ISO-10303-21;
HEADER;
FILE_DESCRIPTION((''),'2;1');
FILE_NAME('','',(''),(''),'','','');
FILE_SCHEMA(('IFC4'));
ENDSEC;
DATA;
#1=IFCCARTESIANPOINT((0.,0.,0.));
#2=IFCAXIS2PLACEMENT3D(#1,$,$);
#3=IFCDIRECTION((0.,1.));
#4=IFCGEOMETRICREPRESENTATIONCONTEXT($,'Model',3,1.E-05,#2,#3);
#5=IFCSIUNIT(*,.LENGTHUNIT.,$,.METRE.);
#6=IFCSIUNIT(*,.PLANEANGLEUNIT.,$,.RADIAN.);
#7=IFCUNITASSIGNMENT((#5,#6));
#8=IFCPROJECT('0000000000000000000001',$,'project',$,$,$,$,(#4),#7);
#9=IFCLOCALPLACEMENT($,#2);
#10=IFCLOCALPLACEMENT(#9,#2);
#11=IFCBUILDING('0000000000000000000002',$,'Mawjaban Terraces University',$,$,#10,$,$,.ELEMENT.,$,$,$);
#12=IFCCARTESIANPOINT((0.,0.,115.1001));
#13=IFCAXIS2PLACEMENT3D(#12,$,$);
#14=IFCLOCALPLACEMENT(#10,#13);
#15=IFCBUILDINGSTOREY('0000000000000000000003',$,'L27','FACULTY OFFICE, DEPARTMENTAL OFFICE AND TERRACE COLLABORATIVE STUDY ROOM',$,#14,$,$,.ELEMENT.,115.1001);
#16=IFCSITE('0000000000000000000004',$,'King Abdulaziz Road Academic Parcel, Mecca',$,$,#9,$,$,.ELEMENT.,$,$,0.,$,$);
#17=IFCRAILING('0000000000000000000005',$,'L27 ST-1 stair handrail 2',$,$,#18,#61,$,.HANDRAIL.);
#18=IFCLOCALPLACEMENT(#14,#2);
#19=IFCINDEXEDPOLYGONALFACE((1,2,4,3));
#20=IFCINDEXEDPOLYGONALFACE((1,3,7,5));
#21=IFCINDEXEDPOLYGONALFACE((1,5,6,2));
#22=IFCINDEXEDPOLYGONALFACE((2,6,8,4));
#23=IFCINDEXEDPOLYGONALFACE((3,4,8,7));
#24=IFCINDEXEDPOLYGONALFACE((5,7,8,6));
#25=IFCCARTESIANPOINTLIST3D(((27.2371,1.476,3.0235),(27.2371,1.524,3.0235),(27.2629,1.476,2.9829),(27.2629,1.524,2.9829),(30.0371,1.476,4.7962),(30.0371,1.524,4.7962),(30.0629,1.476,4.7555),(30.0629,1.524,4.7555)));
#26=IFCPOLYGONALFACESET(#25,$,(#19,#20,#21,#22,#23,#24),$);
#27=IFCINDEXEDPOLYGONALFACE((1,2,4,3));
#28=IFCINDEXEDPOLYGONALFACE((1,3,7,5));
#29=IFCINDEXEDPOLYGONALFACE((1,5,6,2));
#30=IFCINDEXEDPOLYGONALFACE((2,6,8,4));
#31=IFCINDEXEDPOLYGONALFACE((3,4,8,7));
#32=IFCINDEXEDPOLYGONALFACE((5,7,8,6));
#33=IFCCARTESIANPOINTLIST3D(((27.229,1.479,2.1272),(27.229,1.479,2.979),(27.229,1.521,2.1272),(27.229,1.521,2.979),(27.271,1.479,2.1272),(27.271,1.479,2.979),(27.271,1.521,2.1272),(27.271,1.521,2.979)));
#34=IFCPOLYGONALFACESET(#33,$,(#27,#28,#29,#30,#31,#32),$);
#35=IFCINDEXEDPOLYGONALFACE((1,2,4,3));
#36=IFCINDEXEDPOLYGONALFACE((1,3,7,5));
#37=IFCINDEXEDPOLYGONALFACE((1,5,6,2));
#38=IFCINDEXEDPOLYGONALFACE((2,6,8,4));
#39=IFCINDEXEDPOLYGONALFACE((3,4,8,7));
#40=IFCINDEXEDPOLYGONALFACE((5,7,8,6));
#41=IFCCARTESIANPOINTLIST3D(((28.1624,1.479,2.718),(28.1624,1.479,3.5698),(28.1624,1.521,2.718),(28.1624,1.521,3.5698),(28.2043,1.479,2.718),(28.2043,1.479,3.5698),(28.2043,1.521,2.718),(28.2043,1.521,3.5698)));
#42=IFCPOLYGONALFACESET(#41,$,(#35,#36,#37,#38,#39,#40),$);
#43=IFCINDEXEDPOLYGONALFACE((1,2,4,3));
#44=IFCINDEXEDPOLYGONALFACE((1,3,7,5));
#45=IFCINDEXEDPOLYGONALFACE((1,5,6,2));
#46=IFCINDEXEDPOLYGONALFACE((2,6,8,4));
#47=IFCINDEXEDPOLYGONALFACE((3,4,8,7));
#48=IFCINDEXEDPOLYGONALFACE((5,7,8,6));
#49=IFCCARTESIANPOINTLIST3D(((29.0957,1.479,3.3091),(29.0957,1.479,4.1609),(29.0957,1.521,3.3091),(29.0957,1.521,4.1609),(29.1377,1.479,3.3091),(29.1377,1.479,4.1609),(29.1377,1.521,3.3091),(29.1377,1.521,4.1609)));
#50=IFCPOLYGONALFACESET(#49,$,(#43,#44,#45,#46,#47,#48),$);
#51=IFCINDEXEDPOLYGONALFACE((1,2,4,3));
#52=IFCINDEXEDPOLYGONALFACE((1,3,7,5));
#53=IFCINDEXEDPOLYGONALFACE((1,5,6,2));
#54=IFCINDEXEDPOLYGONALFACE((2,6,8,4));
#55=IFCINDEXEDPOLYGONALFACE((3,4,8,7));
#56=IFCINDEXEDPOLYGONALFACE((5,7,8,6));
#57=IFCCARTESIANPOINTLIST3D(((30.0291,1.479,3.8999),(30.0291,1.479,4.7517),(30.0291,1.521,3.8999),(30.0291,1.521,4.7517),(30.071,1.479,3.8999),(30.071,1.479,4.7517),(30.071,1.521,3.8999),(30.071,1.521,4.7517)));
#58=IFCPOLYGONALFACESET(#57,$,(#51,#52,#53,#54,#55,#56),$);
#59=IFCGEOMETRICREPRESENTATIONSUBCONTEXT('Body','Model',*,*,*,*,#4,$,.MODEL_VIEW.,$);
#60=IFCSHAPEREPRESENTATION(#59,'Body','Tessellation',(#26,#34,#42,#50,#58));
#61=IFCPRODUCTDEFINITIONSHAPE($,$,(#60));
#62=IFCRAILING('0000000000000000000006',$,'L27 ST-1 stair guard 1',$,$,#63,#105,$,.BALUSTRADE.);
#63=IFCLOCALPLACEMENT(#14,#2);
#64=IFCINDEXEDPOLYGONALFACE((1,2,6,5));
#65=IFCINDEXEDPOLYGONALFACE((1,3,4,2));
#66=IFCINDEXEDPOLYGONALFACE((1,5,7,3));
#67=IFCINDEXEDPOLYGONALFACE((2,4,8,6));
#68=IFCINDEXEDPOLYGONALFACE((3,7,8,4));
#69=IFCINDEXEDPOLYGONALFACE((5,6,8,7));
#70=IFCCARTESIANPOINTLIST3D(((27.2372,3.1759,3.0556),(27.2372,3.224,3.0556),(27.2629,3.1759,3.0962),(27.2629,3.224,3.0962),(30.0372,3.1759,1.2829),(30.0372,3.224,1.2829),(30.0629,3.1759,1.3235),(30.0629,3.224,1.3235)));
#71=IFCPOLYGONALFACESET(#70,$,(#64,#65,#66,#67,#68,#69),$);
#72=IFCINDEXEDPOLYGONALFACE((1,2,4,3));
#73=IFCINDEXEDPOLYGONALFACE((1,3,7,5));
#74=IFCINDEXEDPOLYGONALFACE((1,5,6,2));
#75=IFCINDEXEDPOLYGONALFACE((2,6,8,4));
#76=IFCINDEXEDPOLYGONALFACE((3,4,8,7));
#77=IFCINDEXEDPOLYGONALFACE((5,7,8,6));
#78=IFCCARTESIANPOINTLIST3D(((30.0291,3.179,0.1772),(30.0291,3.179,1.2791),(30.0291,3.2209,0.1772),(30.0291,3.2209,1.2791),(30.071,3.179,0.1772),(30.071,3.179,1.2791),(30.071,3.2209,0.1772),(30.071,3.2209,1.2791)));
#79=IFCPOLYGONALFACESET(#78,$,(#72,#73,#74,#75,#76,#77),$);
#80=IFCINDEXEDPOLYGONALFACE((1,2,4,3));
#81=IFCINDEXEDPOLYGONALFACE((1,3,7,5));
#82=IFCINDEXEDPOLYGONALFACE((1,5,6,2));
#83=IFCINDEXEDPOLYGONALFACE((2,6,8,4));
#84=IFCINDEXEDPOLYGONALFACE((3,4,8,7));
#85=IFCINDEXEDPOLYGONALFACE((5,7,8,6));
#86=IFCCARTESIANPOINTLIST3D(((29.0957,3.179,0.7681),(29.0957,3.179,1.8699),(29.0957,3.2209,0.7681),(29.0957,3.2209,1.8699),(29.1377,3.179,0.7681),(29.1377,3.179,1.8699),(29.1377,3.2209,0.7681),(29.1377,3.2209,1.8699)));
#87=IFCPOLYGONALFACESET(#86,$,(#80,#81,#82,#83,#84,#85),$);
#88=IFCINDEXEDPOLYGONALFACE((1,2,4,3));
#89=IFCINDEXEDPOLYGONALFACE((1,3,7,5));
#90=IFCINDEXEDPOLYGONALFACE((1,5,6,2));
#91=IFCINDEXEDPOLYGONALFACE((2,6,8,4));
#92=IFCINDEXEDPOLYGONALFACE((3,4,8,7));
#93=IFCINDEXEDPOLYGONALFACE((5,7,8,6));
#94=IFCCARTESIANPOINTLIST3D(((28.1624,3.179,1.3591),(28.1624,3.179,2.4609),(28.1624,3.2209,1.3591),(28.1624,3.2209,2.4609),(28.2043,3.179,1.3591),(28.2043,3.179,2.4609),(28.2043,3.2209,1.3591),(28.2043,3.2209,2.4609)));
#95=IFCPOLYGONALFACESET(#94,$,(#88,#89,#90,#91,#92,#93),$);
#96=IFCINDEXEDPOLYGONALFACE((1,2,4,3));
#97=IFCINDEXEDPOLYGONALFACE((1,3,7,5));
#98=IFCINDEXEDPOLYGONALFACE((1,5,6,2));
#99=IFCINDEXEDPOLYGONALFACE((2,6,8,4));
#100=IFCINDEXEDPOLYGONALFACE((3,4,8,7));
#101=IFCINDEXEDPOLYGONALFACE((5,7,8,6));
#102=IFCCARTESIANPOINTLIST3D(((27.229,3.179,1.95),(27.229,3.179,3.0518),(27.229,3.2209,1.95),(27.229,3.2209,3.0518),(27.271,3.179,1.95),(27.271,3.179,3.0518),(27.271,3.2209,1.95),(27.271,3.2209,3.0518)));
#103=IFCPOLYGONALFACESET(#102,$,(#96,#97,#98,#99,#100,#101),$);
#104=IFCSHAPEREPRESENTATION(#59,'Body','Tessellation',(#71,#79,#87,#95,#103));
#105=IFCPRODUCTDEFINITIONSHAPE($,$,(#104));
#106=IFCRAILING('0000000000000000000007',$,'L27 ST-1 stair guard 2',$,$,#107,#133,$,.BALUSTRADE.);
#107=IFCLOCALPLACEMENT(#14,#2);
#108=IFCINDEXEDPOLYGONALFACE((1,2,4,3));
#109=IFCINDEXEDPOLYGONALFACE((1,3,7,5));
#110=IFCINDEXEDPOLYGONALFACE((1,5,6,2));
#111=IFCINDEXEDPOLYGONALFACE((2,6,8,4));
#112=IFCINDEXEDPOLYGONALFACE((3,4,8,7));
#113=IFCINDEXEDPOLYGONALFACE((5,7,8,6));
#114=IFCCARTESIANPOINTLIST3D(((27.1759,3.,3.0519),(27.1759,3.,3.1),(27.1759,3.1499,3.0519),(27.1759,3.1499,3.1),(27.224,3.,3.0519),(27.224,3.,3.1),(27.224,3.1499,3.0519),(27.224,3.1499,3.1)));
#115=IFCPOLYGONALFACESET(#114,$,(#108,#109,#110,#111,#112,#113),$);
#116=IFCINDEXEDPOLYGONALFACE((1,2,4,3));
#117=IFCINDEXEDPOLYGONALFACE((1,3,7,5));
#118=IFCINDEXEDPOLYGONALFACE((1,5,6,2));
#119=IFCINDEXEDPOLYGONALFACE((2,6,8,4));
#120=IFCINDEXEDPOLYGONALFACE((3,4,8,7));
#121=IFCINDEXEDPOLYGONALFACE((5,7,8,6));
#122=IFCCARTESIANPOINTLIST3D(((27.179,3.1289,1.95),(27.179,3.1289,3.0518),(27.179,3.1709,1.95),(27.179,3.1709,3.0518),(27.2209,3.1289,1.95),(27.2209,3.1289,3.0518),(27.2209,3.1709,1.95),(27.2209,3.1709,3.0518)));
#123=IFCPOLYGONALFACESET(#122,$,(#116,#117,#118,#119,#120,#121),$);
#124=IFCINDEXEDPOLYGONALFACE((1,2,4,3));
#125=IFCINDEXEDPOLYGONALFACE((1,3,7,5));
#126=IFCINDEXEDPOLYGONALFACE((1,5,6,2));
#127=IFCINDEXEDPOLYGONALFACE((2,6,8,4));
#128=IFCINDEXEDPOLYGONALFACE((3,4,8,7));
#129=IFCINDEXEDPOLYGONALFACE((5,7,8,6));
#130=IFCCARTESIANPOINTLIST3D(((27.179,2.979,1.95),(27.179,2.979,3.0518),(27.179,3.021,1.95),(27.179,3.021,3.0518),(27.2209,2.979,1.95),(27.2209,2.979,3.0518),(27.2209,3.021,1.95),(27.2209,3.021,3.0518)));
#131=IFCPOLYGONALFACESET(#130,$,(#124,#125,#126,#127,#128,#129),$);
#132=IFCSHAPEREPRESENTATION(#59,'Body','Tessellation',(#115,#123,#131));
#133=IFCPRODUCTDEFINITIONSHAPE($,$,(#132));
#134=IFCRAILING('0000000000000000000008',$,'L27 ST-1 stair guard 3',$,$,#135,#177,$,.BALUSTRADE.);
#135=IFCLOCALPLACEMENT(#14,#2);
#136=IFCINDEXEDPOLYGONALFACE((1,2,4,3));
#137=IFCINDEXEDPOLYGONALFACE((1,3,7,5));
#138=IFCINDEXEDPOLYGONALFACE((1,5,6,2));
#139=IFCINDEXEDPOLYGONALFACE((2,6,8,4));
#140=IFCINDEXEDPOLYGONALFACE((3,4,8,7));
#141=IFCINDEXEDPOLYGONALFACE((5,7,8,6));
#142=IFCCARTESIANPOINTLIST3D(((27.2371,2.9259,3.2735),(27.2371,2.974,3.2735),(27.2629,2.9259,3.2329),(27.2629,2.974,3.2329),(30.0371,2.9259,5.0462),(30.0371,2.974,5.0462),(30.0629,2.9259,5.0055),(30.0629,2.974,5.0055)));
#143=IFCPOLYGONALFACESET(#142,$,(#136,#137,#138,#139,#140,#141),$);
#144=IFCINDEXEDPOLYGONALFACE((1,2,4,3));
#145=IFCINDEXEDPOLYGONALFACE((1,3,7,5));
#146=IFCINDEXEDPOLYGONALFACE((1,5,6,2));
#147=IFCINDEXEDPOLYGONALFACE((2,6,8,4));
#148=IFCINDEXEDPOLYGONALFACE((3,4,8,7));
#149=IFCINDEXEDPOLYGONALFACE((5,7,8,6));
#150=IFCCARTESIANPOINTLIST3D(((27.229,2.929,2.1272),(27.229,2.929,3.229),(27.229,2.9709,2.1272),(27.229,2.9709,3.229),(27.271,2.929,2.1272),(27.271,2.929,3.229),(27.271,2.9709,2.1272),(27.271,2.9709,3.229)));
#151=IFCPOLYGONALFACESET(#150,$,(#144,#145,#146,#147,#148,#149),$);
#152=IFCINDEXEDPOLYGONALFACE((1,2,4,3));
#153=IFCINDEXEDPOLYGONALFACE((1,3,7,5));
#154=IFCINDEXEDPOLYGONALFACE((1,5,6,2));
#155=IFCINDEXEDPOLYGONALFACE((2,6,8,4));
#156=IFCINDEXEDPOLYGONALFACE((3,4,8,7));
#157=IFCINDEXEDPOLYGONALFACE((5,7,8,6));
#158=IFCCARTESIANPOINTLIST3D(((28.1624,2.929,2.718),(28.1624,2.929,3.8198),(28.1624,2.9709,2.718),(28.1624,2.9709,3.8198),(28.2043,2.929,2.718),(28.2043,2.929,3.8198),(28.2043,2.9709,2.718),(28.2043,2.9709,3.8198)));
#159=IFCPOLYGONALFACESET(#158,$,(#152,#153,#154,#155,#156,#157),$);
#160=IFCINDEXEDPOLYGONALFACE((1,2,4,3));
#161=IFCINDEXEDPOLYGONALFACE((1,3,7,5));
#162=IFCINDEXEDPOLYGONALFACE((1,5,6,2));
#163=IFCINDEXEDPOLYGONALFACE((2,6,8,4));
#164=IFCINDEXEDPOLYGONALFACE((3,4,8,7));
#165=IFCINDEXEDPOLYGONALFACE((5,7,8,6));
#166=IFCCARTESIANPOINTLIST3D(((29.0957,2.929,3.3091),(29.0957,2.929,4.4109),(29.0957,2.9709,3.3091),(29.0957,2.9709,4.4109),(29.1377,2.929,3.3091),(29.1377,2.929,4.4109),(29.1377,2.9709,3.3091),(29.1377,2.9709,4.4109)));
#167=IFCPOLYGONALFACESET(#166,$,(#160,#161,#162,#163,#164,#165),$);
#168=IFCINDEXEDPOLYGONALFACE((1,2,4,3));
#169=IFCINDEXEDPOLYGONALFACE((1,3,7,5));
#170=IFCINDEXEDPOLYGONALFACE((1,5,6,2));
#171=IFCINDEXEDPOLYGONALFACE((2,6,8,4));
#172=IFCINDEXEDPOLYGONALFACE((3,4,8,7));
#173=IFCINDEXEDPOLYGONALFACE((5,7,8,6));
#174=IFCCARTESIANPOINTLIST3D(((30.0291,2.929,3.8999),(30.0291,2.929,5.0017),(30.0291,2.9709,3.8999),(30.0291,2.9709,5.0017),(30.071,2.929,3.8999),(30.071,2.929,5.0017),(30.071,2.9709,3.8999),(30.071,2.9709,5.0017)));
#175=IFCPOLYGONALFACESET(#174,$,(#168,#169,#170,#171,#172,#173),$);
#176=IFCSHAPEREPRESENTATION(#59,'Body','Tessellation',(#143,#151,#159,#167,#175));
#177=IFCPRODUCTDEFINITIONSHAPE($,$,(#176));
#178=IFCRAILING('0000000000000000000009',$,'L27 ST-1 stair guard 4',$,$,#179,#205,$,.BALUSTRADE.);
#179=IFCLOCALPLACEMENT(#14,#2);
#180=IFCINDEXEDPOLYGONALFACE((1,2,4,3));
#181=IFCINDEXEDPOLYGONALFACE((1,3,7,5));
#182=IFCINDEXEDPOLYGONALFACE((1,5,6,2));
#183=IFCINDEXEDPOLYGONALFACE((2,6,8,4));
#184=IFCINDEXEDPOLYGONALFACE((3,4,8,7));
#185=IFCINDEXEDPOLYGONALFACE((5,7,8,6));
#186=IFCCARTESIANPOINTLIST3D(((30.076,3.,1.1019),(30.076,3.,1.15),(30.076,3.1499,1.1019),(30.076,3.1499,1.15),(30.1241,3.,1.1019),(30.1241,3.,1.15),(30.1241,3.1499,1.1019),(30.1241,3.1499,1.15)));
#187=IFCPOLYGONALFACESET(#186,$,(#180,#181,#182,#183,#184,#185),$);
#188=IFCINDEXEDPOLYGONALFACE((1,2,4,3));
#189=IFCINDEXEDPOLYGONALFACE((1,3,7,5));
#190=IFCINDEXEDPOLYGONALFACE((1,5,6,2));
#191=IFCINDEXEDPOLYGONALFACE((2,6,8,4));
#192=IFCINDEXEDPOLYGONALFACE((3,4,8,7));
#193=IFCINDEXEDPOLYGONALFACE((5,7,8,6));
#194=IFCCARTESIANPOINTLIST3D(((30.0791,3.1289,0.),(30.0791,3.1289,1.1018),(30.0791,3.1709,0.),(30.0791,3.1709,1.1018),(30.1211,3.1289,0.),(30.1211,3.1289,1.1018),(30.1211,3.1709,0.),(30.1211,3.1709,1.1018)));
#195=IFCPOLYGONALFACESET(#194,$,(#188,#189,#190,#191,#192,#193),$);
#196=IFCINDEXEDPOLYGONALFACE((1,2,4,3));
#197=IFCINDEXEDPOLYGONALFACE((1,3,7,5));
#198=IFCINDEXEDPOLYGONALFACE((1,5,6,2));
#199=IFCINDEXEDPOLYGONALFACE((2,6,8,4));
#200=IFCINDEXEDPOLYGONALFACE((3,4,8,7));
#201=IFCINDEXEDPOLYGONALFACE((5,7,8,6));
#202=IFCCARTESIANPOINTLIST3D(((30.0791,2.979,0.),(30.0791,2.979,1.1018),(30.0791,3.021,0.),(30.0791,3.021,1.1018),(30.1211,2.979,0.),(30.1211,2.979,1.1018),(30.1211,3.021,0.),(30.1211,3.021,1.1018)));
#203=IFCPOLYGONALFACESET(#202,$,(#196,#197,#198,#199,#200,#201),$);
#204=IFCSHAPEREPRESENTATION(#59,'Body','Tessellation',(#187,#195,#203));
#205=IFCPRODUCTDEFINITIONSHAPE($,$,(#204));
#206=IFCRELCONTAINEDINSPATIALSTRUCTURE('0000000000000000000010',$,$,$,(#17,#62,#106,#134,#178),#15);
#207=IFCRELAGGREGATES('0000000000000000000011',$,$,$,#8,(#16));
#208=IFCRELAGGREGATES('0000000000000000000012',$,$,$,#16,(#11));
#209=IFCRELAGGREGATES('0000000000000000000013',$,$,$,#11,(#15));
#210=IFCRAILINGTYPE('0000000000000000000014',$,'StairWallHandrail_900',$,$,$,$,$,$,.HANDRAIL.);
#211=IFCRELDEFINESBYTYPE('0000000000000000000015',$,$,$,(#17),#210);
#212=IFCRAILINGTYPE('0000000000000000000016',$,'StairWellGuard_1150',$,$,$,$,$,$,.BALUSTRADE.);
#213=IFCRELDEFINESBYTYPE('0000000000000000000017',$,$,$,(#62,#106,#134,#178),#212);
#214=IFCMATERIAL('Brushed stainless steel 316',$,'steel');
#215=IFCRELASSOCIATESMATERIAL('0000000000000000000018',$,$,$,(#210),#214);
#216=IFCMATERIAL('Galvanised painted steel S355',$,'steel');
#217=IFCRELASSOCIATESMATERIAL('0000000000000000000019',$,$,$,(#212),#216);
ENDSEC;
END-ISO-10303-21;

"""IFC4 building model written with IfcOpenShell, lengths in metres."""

from ifc_helpers import new_model, si_unit, direction, frame, origin, origin_2d, place, context, subcontext, project, spatial, rectangle, extrude, material, type_object, element, save


model = new_model("IFC4")

# Units and contexts
model_context = context("Model", 3, precision=1e-05, world=origin(), true_north=direction((0.0, 1.0)))
body_context = subcontext(model_context, "Body", "Model", "MODEL_VIEW")
ifc_project = project(units=[si_unit("LENGTHUNIT", "METRE"), si_unit("PLANEANGLEUNIT", "RADIAN")], contexts=[model_context])

# Site, building, storey
site_placement = place(None, origin())
site = spatial("IfcSite", under=ifc_project, at=site_placement, Name="King Abdulaziz Road Academic Parcel, Mecca", CompositionType="ELEMENT", RefElevation=0.0)
building_placement = place(site_placement, origin())
building = spatial("IfcBuilding", under=site, at=building_placement, Name="Mawjaban Terraces University", CompositionType="ELEMENT")
storey_placement = place(building_placement, frame((0.0, 0.0, 115.1001)))
storey = spatial("IfcBuildingStorey", under=building, at=storey_placement, Name="L27", Description="FACULTY OFFICE, DEPARTMENTAL OFFICE AND TERRACE COLLABORATIVE STUDY ROOM", CompositionType="ELEMENT", Elevation=115.1001)

# Railings
ifc_material_1 = material(Name="Brushed stainless steel 316", Category="steel")
railing_type_1 = type_object("IfcRailingType", Name="StairWallHandrail_900", PredefinedType="HANDRAIL", material=ifc_material_1)
railing_1_placement = place(storey_placement, frame((27.25, 1.5, 2.1272)))
element("IfcRailing", 1, at=railing_1_placement, inside=storey, type_object=railing_type_1, Name="L27 ST-1 stair handrail 2", PredefinedType="HANDRAIL", context=body_context, shape_type="SweptSolid", body=[
    extrude(rectangle(XDim=0.0481, YDim=0.0481, at=origin_2d()), frame((0.0, 0.0, 0.876), z_axis=(0.844909, 0.0, 0.53491), x_axis=(0.0, 1.0, 0.0)), (0.0, 0.0, 1.0), 3.314),
    extrude(rectangle(XDim=0.042, YDim=0.042, at=origin_2d()), origin(), (0.0, 0.0, 1.0), 0.8518),
    extrude(rectangle(XDim=0.042, YDim=0.042, at=origin_2d()), frame((0.9333, 0.0, 0.5908)), (0.0, 0.0, 1.0), 0.8518),
    extrude(rectangle(XDim=0.042, YDim=0.042, at=origin_2d()), frame((1.8667, 0.0, 1.1819)), (0.0, 0.0, 1.0), 0.8518),
    extrude(rectangle(XDim=0.042, YDim=0.042, at=origin_2d()), frame((2.8, 0.0, 1.7727)), (0.0, 0.0, 1.0), 0.8518),
])
ifc_material_2 = material(Name="Galvanised painted steel S355", Category="steel")
railing_type_2 = type_object("IfcRailingType", Name="StairWellGuard_1150", PredefinedType="BALUSTRADE", material=ifc_material_2)
railing_2_placement = place(storey_placement, frame((30.05, 3.2, 0.1772)))
element("IfcRailing", 2, at=railing_2_placement, inside=storey, type_object=railing_type_2, Name="L27 ST-1 stair guard 1", PredefinedType="BALUSTRADE", context=body_context, shape_type="SweptSolid", body=[
    extrude(rectangle(XDim=0.0481, YDim=0.0481, at=origin_2d()), frame((0.0, 0.0, 1.126), z_axis=(-0.844909, 0.0, 0.53491), x_axis=(0.0, -1.0, 0.0)), (0.0, 0.0, 1.0), 3.314),
    extrude(rectangle(XDim=0.042, YDim=0.042, at=origin_2d()), origin(), (0.0, 0.0, 1.0), 1.1018),
    extrude(rectangle(XDim=0.042, YDim=0.042, at=origin_2d()), frame((-0.9333, 0.0, 0.5908)), (0.0, 0.0, 1.0), 1.1018),
    extrude(rectangle(XDim=0.042, YDim=0.042, at=origin_2d()), frame((-1.8667, 0.0, 1.1819)), (0.0, 0.0, 1.0), 1.1018),
    extrude(rectangle(XDim=0.042, YDim=0.042, at=origin_2d()), frame((-2.8, 0.0, 1.7727)), (0.0, 0.0, 1.0), 1.1018),
])
railing_3_placement = place(storey_placement, frame((27.2, 3.1499, 1.95)))
element("IfcRailing", 3, at=railing_3_placement, inside=storey, type_object=railing_type_2, Name="L27 ST-1 stair guard 2", PredefinedType="BALUSTRADE", context=body_context, shape_type="SweptSolid", body=[
    extrude(rectangle(XDim=0.0481, YDim=0.0481, at=origin_2d()), frame((0.0, 0.0, 1.126), z_axis=(0.0, -1.0, 0.0), x_axis=(1.0, 0.0, 0.0)), (0.0, 0.0, 1.0), 0.1499),
    extrude(rectangle(XDim=0.042, YDim=0.042, at=origin_2d()), origin(), (0.0, 0.0, 1.0), 1.1018),
    extrude(rectangle(XDim=0.042, YDim=0.042, at=origin_2d()), frame((0.0, -0.1499, 0.0)), (0.0, 0.0, 1.0), 1.1018),
])
railing_4_placement = place(storey_placement, frame((27.25, 2.95, 2.1272)))
element("IfcRailing", 4, at=railing_4_placement, inside=storey, type_object=railing_type_2, Name="L27 ST-1 stair guard 3", PredefinedType="BALUSTRADE", context=body_context, shape_type="SweptSolid", body=[
    extrude(rectangle(XDim=0.0481, YDim=0.0481, at=origin_2d()), frame((0.0, 0.0, 1.126), z_axis=(0.844909, 0.0, 0.53491), x_axis=(0.0, 1.0, 0.0)), (0.0, 0.0, 1.0), 3.314),
    extrude(rectangle(XDim=0.042, YDim=0.042, at=origin_2d()), origin(), (0.0, 0.0, 1.0), 1.1018),
    extrude(rectangle(XDim=0.042, YDim=0.042, at=origin_2d()), frame((0.9333, 0.0, 0.5908)), (0.0, 0.0, 1.0), 1.1018),
    extrude(rectangle(XDim=0.042, YDim=0.042, at=origin_2d()), frame((1.8667, 0.0, 1.1819)), (0.0, 0.0, 1.0), 1.1018),
    extrude(rectangle(XDim=0.042, YDim=0.042, at=origin_2d()), frame((2.8, 0.0, 1.7727)), (0.0, 0.0, 1.0), 1.1018),
])
railing_5_placement = place(storey_placement, frame((30.1001, 3.1499, 0.0)))
element("IfcRailing", 5, at=railing_5_placement, inside=storey, type_object=railing_type_2, Name="L27 ST-1 stair guard 4", PredefinedType="BALUSTRADE", context=body_context, shape_type="SweptSolid", body=[
    extrude(rectangle(XDim=0.0481, YDim=0.0481, at=origin_2d()), frame((0.0, 0.0, 1.126), z_axis=(0.0, -1.0, 0.0), x_axis=(1.0, 0.0, 0.0)), (0.0, 0.0, 1.0), 0.1499),
    extrude(rectangle(XDim=0.042, YDim=0.042, at=origin_2d()), origin(), (0.0, 0.0, 1.0), 1.1018),
    extrude(rectangle(XDim=0.042, YDim=0.042, at=origin_2d()), frame((0.0, -0.1499, 0.0)), (0.0, 0.0, 1.0), 1.1018),
])

save(model, "model.ifc")
